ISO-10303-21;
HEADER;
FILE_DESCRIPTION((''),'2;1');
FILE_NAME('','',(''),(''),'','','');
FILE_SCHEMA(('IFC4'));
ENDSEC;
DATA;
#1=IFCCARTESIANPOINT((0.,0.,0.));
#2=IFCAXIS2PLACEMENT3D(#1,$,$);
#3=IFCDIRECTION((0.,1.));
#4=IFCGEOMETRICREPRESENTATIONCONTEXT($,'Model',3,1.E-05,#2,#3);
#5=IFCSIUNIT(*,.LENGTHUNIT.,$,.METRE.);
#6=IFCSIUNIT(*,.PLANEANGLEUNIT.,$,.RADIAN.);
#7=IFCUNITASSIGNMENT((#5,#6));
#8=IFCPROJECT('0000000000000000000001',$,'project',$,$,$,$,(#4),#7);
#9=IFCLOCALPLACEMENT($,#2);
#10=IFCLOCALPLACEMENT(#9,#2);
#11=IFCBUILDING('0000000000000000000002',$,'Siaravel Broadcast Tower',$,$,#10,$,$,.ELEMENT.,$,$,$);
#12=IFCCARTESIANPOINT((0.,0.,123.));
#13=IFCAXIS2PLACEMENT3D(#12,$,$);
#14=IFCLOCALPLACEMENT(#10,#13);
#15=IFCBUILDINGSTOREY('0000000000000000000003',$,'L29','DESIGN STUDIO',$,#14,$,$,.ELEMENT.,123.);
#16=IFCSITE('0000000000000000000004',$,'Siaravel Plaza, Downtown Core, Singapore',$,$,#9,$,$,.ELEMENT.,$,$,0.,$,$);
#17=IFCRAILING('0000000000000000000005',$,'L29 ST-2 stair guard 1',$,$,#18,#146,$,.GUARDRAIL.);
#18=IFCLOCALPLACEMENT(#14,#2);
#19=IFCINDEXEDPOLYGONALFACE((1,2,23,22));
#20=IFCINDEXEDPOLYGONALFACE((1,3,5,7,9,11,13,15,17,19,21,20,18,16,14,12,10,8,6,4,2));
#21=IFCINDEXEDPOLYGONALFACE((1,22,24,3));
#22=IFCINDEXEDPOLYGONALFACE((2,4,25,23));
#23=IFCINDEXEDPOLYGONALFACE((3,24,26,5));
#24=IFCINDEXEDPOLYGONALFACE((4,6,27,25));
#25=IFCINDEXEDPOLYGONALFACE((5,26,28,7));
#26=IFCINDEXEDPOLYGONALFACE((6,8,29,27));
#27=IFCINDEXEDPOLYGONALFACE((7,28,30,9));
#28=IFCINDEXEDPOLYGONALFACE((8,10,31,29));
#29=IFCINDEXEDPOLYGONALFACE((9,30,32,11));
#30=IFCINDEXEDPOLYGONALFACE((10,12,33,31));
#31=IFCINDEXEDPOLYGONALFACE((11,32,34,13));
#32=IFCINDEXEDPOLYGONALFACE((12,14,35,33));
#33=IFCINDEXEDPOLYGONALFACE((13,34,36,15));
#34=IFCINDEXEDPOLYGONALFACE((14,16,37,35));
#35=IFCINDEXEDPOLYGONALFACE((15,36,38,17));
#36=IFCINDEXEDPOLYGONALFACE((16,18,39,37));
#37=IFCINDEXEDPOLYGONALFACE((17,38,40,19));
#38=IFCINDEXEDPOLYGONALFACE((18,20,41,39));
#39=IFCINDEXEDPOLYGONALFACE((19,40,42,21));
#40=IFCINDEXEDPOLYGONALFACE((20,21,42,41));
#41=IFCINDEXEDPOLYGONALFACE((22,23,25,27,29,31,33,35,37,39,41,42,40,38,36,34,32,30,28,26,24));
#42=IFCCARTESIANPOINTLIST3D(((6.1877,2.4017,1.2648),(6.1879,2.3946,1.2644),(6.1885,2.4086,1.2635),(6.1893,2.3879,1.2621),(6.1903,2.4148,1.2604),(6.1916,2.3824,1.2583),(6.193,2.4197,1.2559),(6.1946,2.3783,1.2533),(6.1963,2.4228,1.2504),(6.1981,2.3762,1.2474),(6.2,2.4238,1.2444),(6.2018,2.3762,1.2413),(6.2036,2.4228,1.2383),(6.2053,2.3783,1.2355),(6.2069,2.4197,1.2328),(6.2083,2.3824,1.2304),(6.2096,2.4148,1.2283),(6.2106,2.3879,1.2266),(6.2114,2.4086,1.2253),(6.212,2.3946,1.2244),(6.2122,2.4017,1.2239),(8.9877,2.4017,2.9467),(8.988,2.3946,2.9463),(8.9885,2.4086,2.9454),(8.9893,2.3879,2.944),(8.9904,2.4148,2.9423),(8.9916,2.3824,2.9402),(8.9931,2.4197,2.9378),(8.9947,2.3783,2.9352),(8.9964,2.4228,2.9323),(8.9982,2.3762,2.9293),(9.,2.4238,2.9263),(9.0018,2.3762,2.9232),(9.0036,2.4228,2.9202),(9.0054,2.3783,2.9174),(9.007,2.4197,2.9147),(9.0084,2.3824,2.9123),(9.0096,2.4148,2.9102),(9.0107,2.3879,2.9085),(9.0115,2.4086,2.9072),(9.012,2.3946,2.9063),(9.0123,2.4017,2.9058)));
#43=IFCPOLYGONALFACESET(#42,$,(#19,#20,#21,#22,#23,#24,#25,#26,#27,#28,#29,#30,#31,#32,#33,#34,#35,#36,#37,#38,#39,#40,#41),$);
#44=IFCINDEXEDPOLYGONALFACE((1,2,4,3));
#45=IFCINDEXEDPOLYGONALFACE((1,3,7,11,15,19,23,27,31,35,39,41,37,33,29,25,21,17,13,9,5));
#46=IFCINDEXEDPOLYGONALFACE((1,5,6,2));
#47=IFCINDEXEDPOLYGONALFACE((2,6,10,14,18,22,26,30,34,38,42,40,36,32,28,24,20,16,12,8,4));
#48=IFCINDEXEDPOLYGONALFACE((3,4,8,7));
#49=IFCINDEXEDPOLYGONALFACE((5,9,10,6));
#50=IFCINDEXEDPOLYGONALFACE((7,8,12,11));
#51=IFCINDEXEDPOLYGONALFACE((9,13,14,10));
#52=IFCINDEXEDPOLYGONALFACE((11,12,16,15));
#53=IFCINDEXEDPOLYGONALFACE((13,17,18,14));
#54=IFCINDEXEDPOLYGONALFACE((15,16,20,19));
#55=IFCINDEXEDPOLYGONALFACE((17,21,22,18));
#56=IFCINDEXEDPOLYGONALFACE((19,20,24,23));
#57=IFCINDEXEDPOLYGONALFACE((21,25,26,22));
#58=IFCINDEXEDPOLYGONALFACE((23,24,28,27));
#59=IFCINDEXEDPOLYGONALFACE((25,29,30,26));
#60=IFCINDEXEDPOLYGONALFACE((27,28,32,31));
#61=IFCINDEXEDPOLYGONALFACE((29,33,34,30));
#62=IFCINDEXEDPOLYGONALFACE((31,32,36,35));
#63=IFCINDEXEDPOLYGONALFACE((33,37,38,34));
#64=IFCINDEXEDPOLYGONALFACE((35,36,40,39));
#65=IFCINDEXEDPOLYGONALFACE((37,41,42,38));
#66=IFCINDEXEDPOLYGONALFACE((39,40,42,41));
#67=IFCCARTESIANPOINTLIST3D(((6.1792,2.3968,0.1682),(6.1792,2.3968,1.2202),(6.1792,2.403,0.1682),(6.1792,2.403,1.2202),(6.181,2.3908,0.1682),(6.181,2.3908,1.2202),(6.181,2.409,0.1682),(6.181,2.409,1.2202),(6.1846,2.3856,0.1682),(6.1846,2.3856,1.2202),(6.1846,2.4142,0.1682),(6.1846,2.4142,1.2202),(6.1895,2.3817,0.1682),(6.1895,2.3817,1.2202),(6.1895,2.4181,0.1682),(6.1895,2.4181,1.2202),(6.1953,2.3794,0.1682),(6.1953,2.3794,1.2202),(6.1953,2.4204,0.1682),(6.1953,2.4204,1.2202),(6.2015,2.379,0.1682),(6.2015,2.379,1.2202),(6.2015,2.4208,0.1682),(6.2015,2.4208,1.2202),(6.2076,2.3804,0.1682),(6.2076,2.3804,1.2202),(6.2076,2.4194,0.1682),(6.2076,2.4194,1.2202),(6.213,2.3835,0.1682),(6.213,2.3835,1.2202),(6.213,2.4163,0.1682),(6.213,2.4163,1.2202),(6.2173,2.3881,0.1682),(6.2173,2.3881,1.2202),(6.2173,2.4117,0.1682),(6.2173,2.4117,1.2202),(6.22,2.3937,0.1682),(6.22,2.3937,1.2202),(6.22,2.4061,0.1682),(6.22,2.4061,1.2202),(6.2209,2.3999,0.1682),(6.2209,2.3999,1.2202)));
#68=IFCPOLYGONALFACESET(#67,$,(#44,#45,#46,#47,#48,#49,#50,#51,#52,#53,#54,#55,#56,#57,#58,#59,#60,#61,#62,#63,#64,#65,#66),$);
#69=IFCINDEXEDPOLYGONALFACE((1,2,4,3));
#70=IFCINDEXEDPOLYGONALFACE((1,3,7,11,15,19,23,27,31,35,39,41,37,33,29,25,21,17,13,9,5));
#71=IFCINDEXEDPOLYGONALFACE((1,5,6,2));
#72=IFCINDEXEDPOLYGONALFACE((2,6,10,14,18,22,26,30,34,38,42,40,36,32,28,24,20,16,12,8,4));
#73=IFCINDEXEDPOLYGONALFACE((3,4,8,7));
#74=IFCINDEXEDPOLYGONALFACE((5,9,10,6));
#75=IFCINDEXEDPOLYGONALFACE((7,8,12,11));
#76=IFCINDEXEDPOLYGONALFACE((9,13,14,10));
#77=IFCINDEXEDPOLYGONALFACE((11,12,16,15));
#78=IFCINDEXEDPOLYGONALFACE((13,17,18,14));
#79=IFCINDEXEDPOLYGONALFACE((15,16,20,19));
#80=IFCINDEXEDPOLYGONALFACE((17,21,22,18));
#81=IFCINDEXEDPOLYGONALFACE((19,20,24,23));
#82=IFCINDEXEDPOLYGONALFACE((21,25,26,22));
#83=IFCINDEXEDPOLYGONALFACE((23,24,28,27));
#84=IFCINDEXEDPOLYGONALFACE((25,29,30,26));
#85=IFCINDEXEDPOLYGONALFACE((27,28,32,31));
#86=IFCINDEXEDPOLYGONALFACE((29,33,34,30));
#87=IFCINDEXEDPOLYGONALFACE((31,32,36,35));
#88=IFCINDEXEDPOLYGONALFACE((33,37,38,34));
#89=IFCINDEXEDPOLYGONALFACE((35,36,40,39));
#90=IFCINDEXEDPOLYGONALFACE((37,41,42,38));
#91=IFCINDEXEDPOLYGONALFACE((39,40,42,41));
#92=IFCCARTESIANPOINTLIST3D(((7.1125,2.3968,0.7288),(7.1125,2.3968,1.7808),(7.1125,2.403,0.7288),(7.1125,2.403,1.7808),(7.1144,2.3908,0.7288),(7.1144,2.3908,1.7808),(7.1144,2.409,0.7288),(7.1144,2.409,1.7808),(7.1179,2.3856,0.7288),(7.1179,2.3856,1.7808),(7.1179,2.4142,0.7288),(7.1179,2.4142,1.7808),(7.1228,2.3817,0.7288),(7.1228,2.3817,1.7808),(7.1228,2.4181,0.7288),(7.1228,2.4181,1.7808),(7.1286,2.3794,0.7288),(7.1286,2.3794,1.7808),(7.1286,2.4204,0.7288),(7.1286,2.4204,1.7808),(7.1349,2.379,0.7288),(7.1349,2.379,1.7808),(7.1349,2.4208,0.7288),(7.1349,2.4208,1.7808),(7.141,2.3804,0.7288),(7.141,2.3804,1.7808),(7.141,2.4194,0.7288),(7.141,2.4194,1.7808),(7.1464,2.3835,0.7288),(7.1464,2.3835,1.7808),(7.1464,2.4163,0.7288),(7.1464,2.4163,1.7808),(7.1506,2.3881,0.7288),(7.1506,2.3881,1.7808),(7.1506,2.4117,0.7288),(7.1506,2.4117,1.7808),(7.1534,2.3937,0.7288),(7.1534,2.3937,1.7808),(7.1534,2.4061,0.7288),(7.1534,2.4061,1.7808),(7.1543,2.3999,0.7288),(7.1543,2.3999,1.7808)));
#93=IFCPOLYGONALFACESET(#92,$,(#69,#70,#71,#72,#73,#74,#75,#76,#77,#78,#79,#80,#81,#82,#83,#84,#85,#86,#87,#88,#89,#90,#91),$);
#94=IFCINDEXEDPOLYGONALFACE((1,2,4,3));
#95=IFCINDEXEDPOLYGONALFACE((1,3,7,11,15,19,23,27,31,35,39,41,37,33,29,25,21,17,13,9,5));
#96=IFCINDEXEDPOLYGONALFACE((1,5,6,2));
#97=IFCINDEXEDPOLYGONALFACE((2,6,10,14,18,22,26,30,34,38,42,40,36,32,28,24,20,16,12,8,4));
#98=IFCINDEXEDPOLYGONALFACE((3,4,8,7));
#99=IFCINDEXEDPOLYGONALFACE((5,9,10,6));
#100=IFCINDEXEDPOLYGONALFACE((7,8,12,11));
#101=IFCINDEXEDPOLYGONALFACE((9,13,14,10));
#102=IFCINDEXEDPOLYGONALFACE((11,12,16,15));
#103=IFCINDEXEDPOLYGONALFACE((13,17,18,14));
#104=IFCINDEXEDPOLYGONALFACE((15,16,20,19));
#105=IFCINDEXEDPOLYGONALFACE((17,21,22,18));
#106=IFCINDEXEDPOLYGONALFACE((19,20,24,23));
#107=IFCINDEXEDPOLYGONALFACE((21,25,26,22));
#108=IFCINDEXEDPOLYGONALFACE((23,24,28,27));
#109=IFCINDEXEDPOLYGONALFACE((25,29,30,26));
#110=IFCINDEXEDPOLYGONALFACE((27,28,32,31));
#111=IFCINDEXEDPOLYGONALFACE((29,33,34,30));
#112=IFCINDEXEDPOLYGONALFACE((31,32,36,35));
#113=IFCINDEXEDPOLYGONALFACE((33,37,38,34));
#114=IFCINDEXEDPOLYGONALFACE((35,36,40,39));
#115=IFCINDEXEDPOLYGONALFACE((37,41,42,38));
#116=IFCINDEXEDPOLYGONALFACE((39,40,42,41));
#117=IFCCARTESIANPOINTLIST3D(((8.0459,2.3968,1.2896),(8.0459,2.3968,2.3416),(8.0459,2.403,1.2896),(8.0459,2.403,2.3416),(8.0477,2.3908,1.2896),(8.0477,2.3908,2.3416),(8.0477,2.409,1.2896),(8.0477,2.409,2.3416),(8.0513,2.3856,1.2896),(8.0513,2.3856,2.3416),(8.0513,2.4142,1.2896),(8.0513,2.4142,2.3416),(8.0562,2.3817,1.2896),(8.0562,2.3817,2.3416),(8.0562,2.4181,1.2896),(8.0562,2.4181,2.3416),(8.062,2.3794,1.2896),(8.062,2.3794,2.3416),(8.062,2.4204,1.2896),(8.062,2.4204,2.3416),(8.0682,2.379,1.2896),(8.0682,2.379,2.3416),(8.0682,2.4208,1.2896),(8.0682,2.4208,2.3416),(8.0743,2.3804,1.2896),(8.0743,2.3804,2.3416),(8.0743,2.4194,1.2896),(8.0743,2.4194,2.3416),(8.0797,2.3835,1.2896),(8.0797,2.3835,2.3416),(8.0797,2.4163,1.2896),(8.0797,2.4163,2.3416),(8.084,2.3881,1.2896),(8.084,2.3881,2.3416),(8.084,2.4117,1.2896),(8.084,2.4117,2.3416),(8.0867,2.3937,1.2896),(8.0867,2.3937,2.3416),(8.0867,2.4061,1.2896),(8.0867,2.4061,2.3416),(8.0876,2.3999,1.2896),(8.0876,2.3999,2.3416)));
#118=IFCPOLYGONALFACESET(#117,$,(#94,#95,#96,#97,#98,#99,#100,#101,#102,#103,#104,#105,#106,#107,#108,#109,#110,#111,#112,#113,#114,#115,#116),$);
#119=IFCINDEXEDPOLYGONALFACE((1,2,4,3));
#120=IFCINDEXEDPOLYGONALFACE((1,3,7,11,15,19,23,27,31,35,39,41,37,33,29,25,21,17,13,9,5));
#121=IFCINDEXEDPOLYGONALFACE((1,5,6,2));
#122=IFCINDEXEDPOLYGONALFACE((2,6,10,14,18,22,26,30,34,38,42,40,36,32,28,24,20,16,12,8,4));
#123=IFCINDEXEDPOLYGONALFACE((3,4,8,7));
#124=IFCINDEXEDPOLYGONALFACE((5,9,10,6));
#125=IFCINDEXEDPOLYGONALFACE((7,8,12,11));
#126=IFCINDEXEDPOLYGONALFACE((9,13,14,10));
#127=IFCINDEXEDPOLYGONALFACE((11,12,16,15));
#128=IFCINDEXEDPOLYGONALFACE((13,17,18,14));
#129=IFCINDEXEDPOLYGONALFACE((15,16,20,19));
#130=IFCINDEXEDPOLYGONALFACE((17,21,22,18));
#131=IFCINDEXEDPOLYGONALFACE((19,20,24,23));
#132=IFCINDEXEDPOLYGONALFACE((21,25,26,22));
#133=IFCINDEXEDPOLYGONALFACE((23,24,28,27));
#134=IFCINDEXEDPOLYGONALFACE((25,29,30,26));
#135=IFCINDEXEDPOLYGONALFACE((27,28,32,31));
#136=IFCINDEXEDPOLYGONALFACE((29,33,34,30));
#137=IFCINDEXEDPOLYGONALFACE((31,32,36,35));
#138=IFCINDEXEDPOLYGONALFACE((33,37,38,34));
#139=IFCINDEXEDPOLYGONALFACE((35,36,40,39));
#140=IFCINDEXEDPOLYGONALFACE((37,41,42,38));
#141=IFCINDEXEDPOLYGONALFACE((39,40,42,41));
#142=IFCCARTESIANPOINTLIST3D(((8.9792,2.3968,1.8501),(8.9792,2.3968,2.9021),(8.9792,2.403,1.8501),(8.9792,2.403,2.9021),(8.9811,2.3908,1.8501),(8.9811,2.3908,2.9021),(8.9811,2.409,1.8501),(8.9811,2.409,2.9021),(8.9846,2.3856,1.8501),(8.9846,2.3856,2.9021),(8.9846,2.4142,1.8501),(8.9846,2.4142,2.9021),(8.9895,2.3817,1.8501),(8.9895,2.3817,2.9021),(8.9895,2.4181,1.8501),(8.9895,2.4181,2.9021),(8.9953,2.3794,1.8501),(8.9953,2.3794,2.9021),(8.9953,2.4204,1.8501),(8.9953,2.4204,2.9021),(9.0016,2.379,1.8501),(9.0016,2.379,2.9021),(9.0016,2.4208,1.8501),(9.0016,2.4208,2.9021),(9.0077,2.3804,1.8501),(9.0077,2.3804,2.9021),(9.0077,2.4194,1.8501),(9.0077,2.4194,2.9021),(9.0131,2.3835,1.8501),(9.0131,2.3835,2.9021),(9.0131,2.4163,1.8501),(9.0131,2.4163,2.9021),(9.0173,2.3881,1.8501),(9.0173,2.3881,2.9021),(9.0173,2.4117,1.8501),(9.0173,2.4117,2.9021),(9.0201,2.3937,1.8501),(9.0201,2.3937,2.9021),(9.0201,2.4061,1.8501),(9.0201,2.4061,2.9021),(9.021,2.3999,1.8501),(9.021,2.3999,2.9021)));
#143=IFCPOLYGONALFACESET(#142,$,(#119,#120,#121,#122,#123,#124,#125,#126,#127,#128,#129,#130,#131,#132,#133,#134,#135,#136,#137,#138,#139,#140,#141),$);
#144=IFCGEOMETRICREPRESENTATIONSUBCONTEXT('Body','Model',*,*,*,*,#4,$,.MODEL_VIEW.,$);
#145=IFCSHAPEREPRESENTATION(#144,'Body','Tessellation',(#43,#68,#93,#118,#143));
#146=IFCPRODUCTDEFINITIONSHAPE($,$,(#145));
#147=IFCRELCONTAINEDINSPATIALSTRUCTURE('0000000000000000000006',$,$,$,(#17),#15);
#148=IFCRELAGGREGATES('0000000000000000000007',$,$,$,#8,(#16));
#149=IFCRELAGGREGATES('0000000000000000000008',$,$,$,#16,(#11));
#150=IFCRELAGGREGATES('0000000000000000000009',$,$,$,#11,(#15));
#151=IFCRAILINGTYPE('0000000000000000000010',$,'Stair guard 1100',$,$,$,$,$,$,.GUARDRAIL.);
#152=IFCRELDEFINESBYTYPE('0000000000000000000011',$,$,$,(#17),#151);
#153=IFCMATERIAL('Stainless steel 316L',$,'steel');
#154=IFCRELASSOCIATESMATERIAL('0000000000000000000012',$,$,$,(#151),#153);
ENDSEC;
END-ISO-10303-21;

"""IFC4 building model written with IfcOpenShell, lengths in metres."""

from ifc_helpers import new_model, si_unit, direction, frame, origin, origin_2d, place, context, subcontext, project, spatial, circle, extrude, material, type_object, element, save


model = new_model("IFC4")

# Units and contexts
model_context = context("Model", 3, precision=1e-05, world=origin(), true_north=direction((0.0, 1.0)))
body_context = subcontext(model_context, "Body", "Model", "MODEL_VIEW")
ifc_project = project(units=[si_unit("LENGTHUNIT", "METRE"), si_unit("PLANEANGLEUNIT", "RADIAN")], contexts=[model_context])

# Site, building, storey
site_placement = place(None, origin())
site = spatial("IfcSite", under=ifc_project, at=site_placement, Name="Siaravel Plaza, Downtown Core, Singapore", CompositionType="ELEMENT", RefElevation=0.0)
building_placement = place(site_placement, origin())
building = spatial("IfcBuilding", under=site, at=building_placement, Name="Siaravel Broadcast Tower", CompositionType="ELEMENT")
storey_placement = place(building_placement, frame((0.0, 0.0, 123.0)))
storey = spatial("IfcBuildingStorey", under=building, at=storey_placement, Name="L29", Description="DESIGN STUDIO", CompositionType="ELEMENT", Elevation=123.0)

# Railing
ifc_material_1 = material(Name="Stainless steel 316L", Category="steel")
railing_type_1 = type_object("IfcRailingType", Name="Stair guard 1100", PredefinedType="GUARDRAIL", material=ifc_material_1)
railing_1_placement = place(storey_placement, frame((6.2, 2.3999, 0.1682)))
element("IfcRailing", 1, at=railing_1_placement, inside=storey, type_object=railing_type_1, Name="L29 ST-2 stair guard 1", PredefinedType="GUARDRAIL", context=body_context, shape_type="SweptSolid", body=[
    extrude(circle(Radius=0.0239, at=origin_2d()), frame((0.0, 0.0, 1.0762), z_axis=(0.857242, 0.0, 0.514913), x_axis=(0.0, 1.0, 0.0)), (0.0, 0.0, 1.0), 3.2664),
    extrude(circle(Radius=0.021, at=origin_2d()), origin(), (0.0, 0.0, 1.0), 1.052),
    extrude(circle(Radius=0.021, at=origin_2d()), frame((0.9333, 0.0, 0.5605)), (0.0, 0.0, 1.0), 1.052),
    extrude(circle(Radius=0.021, at=origin_2d()), frame((1.8667, 0.0, 1.1213)), (0.0, 0.0, 1.0), 1.052),
    extrude(circle(Radius=0.021, at=origin_2d()), frame((2.8, 0.0, 1.6819)), (0.0, 0.0, 1.0), 1.052),
])

save(model, "model.ifc")
